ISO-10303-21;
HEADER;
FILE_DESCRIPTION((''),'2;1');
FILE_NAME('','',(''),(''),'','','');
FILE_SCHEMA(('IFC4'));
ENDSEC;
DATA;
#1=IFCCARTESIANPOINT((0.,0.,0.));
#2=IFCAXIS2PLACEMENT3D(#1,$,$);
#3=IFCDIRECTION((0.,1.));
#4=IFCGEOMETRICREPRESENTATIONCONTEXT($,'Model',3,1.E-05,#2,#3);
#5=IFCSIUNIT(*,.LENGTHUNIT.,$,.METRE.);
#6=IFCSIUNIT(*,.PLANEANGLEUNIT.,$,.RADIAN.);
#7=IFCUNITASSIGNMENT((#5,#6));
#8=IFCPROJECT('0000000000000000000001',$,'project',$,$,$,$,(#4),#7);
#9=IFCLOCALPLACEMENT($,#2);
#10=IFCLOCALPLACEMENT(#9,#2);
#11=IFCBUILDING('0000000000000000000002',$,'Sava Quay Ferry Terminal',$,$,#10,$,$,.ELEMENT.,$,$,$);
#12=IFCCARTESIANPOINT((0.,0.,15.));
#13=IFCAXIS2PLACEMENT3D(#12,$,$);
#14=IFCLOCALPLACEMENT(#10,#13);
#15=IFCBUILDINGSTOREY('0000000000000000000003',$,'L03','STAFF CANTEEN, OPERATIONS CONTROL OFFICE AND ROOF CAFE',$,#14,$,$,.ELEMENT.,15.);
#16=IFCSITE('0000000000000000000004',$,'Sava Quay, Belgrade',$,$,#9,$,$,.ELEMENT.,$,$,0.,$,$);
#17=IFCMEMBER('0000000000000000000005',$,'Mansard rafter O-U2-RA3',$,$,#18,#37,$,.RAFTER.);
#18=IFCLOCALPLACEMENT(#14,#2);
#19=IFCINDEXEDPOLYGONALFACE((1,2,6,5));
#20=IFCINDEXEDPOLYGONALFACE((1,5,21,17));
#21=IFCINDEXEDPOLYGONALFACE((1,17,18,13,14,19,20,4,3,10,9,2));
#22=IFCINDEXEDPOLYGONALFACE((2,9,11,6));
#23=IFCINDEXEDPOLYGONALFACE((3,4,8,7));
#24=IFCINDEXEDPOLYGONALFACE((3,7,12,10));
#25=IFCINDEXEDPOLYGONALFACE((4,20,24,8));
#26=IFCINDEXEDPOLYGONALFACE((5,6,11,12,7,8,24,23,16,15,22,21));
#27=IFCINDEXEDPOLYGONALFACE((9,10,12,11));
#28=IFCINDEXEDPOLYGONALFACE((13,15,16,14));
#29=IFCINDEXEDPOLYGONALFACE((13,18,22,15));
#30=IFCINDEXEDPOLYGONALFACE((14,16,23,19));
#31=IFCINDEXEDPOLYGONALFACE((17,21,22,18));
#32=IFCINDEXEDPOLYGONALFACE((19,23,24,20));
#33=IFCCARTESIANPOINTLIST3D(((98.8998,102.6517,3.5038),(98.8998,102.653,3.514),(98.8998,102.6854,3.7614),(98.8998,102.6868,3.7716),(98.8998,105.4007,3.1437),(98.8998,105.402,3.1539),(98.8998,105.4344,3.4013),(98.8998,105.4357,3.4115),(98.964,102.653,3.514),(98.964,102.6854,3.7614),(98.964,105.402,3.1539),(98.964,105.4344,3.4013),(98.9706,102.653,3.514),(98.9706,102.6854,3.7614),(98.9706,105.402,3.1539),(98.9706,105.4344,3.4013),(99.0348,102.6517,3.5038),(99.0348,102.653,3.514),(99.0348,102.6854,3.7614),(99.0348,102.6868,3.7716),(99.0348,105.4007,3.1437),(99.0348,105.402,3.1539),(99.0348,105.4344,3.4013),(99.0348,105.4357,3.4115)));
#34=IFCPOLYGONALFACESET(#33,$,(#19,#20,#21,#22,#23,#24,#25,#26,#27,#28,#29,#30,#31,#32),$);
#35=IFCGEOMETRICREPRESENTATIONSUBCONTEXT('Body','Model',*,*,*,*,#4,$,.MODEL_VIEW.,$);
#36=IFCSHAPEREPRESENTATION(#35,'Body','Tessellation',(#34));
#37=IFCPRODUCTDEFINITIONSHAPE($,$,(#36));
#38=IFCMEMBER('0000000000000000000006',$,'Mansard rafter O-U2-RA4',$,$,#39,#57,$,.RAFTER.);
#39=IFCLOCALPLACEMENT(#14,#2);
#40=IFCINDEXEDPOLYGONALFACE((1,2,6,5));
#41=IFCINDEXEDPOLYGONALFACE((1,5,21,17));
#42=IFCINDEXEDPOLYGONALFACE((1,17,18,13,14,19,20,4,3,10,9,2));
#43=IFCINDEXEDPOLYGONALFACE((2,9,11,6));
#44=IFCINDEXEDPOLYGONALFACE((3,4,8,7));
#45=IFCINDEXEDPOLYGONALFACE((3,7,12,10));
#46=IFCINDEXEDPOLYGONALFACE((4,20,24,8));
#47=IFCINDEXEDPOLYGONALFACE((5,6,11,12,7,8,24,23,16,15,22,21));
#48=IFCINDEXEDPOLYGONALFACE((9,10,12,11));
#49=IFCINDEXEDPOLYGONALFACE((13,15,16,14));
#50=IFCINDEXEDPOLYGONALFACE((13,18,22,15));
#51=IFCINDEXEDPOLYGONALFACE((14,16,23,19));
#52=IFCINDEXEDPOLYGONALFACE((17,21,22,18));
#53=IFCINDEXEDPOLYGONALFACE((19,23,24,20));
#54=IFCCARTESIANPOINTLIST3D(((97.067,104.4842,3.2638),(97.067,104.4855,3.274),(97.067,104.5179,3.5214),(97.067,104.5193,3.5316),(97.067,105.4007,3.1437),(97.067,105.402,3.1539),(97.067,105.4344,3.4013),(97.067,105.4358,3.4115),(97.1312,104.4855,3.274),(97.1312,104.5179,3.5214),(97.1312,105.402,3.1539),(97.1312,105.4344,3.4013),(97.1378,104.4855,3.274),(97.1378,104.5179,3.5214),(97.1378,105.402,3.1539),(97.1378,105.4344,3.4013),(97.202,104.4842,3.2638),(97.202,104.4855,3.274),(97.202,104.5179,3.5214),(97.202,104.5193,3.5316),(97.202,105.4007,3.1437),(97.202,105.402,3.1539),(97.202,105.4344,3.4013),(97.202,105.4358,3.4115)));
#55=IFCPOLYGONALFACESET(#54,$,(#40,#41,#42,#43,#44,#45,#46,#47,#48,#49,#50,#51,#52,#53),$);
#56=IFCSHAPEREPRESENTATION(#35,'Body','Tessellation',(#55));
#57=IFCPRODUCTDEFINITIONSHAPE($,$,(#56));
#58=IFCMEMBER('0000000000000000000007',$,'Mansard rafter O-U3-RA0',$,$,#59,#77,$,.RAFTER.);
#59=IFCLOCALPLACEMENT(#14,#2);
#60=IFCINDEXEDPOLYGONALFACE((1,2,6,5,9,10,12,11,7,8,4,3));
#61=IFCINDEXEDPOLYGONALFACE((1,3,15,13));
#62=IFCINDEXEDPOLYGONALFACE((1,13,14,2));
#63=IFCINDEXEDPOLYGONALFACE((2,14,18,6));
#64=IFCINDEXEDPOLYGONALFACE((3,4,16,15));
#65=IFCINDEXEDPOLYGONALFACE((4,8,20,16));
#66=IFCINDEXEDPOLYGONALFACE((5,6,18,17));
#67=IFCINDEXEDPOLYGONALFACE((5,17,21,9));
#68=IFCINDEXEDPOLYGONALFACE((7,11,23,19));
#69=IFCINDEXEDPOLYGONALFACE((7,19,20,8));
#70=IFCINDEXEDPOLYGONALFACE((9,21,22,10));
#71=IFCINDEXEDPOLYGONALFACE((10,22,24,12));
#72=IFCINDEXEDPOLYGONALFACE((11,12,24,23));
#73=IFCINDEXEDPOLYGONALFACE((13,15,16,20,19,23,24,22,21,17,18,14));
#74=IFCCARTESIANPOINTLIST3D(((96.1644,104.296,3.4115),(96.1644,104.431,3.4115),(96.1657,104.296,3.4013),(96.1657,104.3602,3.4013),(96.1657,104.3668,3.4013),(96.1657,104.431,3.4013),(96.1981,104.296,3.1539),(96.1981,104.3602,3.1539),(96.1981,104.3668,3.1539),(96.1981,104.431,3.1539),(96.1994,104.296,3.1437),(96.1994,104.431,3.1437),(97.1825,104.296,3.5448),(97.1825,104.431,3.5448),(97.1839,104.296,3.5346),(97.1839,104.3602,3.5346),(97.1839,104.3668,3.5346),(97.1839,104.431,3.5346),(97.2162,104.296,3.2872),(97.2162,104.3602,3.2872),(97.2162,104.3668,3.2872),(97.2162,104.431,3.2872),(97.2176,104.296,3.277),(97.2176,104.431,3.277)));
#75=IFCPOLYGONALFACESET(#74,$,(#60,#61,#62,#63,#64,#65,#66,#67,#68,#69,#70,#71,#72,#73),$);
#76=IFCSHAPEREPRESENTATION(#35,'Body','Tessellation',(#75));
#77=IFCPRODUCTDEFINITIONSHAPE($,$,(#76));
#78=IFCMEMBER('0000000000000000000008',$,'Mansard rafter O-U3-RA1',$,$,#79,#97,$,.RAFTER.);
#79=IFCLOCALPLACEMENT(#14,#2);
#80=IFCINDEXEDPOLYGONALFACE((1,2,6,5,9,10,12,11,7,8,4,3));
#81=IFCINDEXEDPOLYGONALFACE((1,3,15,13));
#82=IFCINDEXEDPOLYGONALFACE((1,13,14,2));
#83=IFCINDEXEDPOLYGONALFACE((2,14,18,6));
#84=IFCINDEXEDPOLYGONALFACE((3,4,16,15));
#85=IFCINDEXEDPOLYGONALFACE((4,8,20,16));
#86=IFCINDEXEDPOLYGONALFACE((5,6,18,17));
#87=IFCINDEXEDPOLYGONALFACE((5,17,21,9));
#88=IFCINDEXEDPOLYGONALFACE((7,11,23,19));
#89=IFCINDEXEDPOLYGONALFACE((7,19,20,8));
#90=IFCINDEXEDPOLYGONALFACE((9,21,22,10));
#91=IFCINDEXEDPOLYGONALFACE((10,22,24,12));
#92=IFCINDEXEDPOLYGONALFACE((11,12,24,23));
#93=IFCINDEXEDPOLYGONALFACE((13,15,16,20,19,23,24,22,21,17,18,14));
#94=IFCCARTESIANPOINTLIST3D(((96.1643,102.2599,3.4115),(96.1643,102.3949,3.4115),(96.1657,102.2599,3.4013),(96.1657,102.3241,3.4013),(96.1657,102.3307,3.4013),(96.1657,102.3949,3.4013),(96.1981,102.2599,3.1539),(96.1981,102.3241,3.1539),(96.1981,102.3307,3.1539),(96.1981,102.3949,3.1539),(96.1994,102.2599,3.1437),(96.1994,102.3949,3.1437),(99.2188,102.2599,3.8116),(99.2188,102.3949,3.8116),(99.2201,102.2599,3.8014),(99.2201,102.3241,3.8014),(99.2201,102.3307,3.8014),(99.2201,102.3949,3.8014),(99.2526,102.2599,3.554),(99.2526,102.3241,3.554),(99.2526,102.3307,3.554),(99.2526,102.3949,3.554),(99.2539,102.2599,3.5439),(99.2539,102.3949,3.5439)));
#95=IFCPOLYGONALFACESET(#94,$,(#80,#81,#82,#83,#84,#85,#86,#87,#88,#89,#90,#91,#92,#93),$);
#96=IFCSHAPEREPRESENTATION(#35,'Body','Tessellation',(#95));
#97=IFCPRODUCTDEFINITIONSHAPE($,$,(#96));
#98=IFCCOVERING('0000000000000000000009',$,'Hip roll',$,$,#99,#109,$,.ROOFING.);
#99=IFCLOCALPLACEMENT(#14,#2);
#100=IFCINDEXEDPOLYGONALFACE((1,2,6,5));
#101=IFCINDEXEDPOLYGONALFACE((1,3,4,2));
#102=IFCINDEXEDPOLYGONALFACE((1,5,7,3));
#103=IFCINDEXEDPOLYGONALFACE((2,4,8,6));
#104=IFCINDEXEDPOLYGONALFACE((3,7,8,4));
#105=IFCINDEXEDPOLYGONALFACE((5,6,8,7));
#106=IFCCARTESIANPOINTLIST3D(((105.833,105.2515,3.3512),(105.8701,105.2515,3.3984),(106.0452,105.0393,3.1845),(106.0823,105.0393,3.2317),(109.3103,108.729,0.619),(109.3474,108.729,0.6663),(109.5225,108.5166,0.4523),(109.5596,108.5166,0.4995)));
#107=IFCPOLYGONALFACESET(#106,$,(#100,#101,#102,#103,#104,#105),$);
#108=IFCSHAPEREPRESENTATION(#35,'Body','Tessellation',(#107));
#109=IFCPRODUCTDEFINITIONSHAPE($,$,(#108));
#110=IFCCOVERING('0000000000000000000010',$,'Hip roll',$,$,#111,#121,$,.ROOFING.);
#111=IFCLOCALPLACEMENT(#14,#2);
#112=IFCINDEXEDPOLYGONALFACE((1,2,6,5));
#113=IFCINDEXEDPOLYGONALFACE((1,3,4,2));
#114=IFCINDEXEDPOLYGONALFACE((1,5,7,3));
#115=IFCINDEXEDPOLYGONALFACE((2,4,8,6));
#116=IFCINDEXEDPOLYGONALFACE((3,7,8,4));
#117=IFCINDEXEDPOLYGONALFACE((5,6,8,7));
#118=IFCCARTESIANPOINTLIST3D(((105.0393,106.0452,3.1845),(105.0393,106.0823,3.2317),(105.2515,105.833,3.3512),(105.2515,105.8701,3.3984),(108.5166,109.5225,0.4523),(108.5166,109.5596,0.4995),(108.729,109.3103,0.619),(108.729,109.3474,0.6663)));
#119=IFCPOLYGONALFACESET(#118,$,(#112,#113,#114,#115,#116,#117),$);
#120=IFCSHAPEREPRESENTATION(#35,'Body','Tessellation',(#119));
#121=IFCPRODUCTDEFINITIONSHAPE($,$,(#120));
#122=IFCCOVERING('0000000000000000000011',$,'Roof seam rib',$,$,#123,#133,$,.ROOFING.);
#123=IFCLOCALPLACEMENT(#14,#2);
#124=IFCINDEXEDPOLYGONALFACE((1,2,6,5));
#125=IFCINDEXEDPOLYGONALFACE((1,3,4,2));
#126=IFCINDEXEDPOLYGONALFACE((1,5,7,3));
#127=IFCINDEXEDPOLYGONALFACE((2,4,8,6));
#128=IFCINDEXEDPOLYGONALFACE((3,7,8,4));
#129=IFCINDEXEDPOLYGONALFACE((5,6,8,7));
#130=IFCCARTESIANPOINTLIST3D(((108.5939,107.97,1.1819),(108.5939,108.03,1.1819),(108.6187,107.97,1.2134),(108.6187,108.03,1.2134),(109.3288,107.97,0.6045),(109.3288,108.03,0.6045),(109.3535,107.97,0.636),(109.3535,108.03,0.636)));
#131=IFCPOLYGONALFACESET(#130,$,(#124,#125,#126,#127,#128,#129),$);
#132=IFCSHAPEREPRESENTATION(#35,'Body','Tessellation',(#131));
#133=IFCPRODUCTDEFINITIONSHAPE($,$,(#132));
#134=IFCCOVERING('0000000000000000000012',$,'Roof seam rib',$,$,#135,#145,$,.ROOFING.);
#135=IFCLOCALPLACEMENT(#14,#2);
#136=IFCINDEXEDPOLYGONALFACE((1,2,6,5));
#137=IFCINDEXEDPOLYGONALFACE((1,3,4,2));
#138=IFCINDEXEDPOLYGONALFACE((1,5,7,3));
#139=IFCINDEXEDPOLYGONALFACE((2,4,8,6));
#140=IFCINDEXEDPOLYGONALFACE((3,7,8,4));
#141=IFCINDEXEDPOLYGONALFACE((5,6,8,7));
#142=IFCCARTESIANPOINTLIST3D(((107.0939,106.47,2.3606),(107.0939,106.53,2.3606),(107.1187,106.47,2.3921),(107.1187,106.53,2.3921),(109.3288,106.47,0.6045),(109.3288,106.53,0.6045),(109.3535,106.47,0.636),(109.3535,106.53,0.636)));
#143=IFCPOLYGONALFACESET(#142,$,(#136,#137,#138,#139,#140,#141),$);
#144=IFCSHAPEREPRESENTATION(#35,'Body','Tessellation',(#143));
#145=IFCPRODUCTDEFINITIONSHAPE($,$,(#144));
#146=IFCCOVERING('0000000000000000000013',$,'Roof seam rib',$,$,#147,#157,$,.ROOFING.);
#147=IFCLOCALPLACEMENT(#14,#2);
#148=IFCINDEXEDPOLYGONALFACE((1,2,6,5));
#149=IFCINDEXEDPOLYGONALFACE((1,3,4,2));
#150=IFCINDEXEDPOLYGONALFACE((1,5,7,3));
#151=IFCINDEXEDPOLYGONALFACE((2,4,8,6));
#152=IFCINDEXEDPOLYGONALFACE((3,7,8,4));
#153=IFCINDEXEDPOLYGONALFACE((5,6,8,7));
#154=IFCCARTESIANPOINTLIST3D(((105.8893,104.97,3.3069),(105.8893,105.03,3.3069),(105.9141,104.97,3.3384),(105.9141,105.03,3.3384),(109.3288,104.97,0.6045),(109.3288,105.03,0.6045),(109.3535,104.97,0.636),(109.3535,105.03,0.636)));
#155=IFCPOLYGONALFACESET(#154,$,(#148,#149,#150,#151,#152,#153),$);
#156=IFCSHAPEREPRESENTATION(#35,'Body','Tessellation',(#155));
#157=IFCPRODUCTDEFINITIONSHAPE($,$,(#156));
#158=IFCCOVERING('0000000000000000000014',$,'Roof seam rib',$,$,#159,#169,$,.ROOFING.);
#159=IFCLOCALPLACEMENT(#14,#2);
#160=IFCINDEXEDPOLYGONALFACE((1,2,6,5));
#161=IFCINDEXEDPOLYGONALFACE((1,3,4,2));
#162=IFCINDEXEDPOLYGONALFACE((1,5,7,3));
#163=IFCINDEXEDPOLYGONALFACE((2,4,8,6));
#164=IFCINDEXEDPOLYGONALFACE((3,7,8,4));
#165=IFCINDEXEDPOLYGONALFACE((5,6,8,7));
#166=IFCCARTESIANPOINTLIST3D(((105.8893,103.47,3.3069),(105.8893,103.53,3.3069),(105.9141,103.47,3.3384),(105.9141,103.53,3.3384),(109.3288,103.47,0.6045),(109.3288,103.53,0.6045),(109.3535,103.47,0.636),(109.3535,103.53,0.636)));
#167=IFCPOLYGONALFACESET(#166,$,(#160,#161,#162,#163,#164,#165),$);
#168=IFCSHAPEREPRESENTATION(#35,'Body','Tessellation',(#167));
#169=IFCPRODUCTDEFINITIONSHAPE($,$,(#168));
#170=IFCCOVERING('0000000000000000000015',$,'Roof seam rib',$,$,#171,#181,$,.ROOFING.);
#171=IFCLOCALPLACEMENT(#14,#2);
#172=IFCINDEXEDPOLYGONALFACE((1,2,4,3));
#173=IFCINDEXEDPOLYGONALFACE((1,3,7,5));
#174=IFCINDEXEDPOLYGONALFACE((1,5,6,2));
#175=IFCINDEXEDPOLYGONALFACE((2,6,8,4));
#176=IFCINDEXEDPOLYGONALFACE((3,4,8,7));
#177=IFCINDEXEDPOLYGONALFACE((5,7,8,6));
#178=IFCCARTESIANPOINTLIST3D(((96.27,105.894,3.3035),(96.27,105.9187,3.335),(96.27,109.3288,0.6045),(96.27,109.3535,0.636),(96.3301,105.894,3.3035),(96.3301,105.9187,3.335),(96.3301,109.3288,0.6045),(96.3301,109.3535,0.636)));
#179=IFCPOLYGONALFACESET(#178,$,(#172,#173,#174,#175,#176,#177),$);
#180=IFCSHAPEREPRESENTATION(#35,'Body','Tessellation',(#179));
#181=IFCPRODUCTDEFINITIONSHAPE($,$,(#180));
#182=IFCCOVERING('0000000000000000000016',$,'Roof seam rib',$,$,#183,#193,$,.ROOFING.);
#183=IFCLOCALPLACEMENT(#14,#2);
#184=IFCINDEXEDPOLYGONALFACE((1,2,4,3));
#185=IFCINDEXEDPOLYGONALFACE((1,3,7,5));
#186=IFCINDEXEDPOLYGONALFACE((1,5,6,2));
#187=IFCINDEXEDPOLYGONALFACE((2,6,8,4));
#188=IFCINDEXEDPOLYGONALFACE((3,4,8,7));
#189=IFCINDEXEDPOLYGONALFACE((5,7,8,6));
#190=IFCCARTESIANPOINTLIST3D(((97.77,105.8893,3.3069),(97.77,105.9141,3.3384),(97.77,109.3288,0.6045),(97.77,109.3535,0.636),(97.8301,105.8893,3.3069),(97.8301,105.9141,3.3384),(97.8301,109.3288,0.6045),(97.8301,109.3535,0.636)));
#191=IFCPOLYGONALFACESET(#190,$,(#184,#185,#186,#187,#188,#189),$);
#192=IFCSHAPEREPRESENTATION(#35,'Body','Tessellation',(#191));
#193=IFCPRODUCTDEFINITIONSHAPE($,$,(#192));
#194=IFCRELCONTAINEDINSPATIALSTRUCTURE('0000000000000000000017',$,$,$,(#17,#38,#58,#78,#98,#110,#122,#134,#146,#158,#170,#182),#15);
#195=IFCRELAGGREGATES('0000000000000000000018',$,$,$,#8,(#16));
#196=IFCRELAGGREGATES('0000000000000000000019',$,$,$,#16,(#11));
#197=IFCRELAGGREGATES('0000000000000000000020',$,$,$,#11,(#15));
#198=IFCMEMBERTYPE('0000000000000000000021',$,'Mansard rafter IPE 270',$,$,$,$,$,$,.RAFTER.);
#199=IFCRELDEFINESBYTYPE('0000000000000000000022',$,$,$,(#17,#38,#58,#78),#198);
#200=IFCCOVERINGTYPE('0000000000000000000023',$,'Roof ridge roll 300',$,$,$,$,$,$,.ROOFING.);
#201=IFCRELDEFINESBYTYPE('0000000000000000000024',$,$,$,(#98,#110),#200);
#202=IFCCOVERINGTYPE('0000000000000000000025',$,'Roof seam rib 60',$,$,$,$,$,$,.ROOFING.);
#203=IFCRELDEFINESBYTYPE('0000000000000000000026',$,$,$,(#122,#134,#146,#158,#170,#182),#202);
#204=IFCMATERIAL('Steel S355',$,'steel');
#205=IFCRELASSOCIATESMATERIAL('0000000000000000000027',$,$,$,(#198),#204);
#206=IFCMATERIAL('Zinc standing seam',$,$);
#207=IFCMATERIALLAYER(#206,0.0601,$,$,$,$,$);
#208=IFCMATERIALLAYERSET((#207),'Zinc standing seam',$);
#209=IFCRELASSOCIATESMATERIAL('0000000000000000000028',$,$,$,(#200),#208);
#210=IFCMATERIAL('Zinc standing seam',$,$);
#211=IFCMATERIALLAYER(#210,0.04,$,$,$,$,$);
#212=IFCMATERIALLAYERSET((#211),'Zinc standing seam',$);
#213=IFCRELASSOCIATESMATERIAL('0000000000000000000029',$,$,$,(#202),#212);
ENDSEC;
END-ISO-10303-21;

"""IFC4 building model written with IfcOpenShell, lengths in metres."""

from ifc_helpers import new_model, si_unit, direction, frame, origin, origin_2d, place, context, subcontext, project, spatial, polyline, i_section, outline, extrude, material, layer, layer_set, material_profile, profile_set, type_object, element, save


model = new_model("IFC4")

# Units and contexts
model_context = context("Model", 3, precision=1e-05, world=origin(), true_north=direction((0.0, 1.0)))
body_context = subcontext(model_context, "Body", "Model", "MODEL_VIEW")
ifc_project = project(units=[si_unit("LENGTHUNIT", "METRE"), si_unit("PLANEANGLEUNIT", "RADIAN")], contexts=[model_context])

# Site, building, storey
site_placement = place(None, origin())
site = spatial("IfcSite", under=ifc_project, at=site_placement, Name="Sava Quay, Belgrade", CompositionType="ELEMENT", RefElevation=0.0)
building_placement = place(site_placement, origin())
building = spatial("IfcBuilding", under=site, at=building_placement, Name="Sava Quay Ferry Terminal", CompositionType="ELEMENT")
storey_placement = place(building_placement, frame((0.0, 0.0, 15.0)))
storey = spatial("IfcBuildingStorey", under=building, at=storey_placement, Name="L03", Description="STAFF CANTEEN, OPERATIONS CONTROL OFFICE AND ROOF CAFE", CompositionType="ELEMENT", Elevation=15.0)

# Members
ifc_material_1 = material(Name="Steel S355", Category="steel")
ifc_material_profile_1 = material_profile(ifc_material_1, i_section(OverallWidth=0.135, OverallDepth=0.27, WebThickness=0.0066, FlangeThickness=0.0103, at=origin_2d()), Name="IPE 270")
ifc_profile_set_1 = profile_set([ifc_material_profile_1], Name="Steel S355")
member_type = type_object("IfcMemberType", Name="Mansard rafter IPE 270", PredefinedType="RAFTER", material=ifc_profile_set_1)
member_1_placement = place(storey_placement, frame((98.9673, 105.4182, 3.2776), z_axis=(0.0, -0.991529, 0.129885), x_axis=(1.0, 0.0, 0.0)))
element("IfcMember", 1, at=member_1_placement, inside=storey, type_object=member_type, Name="Mansard rafter O-U2-RA3", PredefinedType="RAFTER", context=body_context, shape_type="SweptSolid", body=[
    extrude(i_section(OverallWidth=0.135, OverallDepth=0.27, WebThickness=0.0066, FlangeThickness=0.0103, at=origin_2d()), origin(), (0.0, 0.0, 1.0), 2.7725),
])
member_2_placement = place(storey_placement, frame((97.1345, 105.4182, 3.2776), z_axis=(0.0, -0.991521, 0.129949), x_axis=(1.0, 0.0, 0.0)))
element("IfcMember", 2, at=member_2_placement, inside=storey, type_object=member_type, Name="Mansard rafter O-U2-RA4", PredefinedType="RAFTER", context=body_context, shape_type="SweptSolid", body=[
    extrude(i_section(OverallWidth=0.135, OverallDepth=0.27, WebThickness=0.0066, FlangeThickness=0.0103, at=origin_2d()), origin(), (0.0, 0.0, 1.0), 0.9243),
])
member_3_placement = place(storey_placement, frame((96.1819, 104.3635, 3.2776), z_axis=(0.991537, 0.0, 0.129827), x_axis=(0.0, 1.0, 0.0)))
element("IfcMember", 3, at=member_3_placement, inside=storey, type_object=member_type, Name="Mansard rafter O-U3-RA0", PredefinedType="RAFTER", context=body_context, shape_type="SweptSolid", body=[
    extrude(i_section(OverallWidth=0.135, OverallDepth=0.27, WebThickness=0.0066, FlangeThickness=0.0103, at=origin_2d()), origin(), (0.0, 0.0, 1.0), 1.0269),
])
member_4_placement = place(storey_placement, frame((96.1819, 102.3274, 3.2776), z_axis=(0.991528, 0.0, 0.129895), x_axis=(0.0, 1.0, 0.0)))
element("IfcMember", 4, at=member_4_placement, inside=storey, type_object=member_type, Name="Mansard rafter O-U3-RA1", PredefinedType="RAFTER", context=body_context, shape_type="SweptSolid", body=[
    extrude(i_section(OverallWidth=0.135, OverallDepth=0.27, WebThickness=0.0066, FlangeThickness=0.0103, at=origin_2d()), origin(), (0.0, 0.0, 1.0), 3.0806),
])

# Coverings
ifc_material_2 = material(Name="Zinc standing seam")
ifc_layer_1 = layer(ifc_material_2, 0.0601)
ifc_layer_set_1 = layer_set([ifc_layer_1], Name="Zinc standing seam")
covering_type_1 = type_object("IfcCoveringType", Name="Roof ridge roll 300", PredefinedType="ROOFING", material=ifc_layer_set_1)
covering_1_placement = place(storey_placement, frame((105.8701, 105.2515, 3.3984), z_axis=(0.617883, -0.000095, 0.78627), x_axis=(0.618098, 0.618141, -0.485651)))
element("IfcCovering", 5, at=covering_1_placement, inside=storey, type_object=covering_type_1, Name="Hip roll", PredefinedType="ROOFING", context=body_context, shape_type="SweptSolid", body=[
    extrude(outline(polyline([(0.0, 0.0), (5.6258, 0.0), (5.7066, -0.3338), (0.081, -0.3336), (0.0, 0.0)])), origin(), (0.0, 0.0, -1.0), 0.0601),
])
covering_2_placement = place(storey_placement, frame((108.729, 109.3474, 0.6663), z_axis=(-0.000095, 0.617883, 0.78627), x_axis=(-0.618141, -0.618098, 0.485651)))
element("IfcCovering", 6, at=covering_2_placement, inside=storey, type_object=covering_type_1, Name="Hip roll", PredefinedType="ROOFING", context=body_context, shape_type="SweptSolid", body=[
    extrude(outline(polyline([(0.0, 0.0), (5.6258, 0.0), (5.5448, -0.3336), (-0.0808, -0.3338), (0.0, 0.0)])), origin(), (0.0, 0.0, -1.0), 0.0601),
])
ifc_material_3 = material(Name="Zinc standing seam")
ifc_layer_2 = layer(ifc_material_3, 0.04)
ifc_layer_set_2 = layer_set([ifc_layer_2], Name="Zinc standing seam")
covering_type_2 = type_object("IfcCoveringType", Name="Roof seam rib 60", PredefinedType="ROOFING", material=ifc_layer_set_2)
covering_3_placement = place(storey_placement, frame((109.3535, 107.97, 0.636), z_axis=(0.617822, 0.0, 0.786318), x_axis=(-0.786318, 0.0, 0.617822)))
element("IfcCovering", 7, at=covering_3_placement, inside=storey, type_object=covering_type_2, Name="Roof seam rib", PredefinedType="ROOFING", context=body_context, shape_type="SweptSolid", body=[
    extrude(outline(polyline([(0.0, 0.0), (0.9346, 0.0), (0.9346, -0.0601), (0.0, -0.0601), (0.0, 0.0)])), origin(), (0.0, 0.0, -1.0), 0.04),
])
covering_4_placement = place(storey_placement, frame((109.3535, 106.47, 0.636), z_axis=(0.617852, 0.0, 0.786294), x_axis=(-0.786294, 0.0, 0.617852)))
element("IfcCovering", 8, at=covering_4_placement, inside=storey, type_object=covering_type_2, Name="Roof seam rib", PredefinedType="ROOFING", context=body_context, shape_type="SweptSolid", body=[
    extrude(outline(polyline([(0.0, 0.0), (2.8423, 0.0), (2.8423, -0.0601), (0.0, -0.0601), (0.0, 0.0)])), origin(), (0.0, 0.0, -1.0), 0.04),
])
for number, where, z_axis, x_axis, name in (
    (9, (109.3535, 104.97, 0.636), (0.617817, 0.0, 0.786322), (-0.786322, 0.0, 0.617817), "Roof seam rib"),
    (10, (109.3535, 103.47, 0.636), (0.617817, 0.0, 0.786322), (-0.786322, 0.0, 0.617817), "Roof seam rib"),
):
    element("IfcCovering", number, at=place(storey_placement, frame(where, z_axis=z_axis, x_axis=x_axis)), inside=storey, type_object=covering_type_2, Name=name, PredefinedType="ROOFING", context=body_context, shape_type="SweptSolid", body=[
        extrude(outline(polyline([(0.0, 0.0), (4.3741, 0.0), (4.3741, -0.0601), (0.0, -0.0601), (0.0, 0.0)])), origin(), (0.0, 0.0, -1.0), 0.04),
    ])
covering_5_placement = place(storey_placement, frame((96.3301, 109.3535, 0.636), z_axis=(0.0, 0.617849, 0.786297), x_axis=(0.0, -0.786297, 0.617849)))
element("IfcCovering", 11, at=covering_5_placement, inside=storey, type_object=covering_type_2, Name="Roof seam rib", PredefinedType="ROOFING", context=body_context, shape_type="SweptSolid", body=[
    extrude(outline(polyline([(0.0, 0.0), (4.3683, 0.0), (4.3683, -0.0601), (0.0, -0.0601), (0.0, 0.0)])), origin(), (0.0, 0.0, -1.0), 0.04),
])
for number, where, z_axis, x_axis, name in (
    (12, (97.8301, 109.3535, 0.636), (0.0, 0.617817, 0.786322), (0.0, -0.786322, 0.617817), "Roof seam rib"),
):
    element("IfcCovering", number, at=place(storey_placement, frame(where, z_axis=z_axis, x_axis=x_axis)), inside=storey, type_object=covering_type_2, Name=name, PredefinedType="ROOFING", context=body_context, shape_type="SweptSolid", body=[
        extrude(outline(polyline([(0.0, 0.0), (4.3741, 0.0), (4.3741, -0.0601), (0.0, -0.0601), (0.0, 0.0)])), origin(), (0.0, 0.0, -1.0), 0.04),
    ])

save(model, "model.ifc")
